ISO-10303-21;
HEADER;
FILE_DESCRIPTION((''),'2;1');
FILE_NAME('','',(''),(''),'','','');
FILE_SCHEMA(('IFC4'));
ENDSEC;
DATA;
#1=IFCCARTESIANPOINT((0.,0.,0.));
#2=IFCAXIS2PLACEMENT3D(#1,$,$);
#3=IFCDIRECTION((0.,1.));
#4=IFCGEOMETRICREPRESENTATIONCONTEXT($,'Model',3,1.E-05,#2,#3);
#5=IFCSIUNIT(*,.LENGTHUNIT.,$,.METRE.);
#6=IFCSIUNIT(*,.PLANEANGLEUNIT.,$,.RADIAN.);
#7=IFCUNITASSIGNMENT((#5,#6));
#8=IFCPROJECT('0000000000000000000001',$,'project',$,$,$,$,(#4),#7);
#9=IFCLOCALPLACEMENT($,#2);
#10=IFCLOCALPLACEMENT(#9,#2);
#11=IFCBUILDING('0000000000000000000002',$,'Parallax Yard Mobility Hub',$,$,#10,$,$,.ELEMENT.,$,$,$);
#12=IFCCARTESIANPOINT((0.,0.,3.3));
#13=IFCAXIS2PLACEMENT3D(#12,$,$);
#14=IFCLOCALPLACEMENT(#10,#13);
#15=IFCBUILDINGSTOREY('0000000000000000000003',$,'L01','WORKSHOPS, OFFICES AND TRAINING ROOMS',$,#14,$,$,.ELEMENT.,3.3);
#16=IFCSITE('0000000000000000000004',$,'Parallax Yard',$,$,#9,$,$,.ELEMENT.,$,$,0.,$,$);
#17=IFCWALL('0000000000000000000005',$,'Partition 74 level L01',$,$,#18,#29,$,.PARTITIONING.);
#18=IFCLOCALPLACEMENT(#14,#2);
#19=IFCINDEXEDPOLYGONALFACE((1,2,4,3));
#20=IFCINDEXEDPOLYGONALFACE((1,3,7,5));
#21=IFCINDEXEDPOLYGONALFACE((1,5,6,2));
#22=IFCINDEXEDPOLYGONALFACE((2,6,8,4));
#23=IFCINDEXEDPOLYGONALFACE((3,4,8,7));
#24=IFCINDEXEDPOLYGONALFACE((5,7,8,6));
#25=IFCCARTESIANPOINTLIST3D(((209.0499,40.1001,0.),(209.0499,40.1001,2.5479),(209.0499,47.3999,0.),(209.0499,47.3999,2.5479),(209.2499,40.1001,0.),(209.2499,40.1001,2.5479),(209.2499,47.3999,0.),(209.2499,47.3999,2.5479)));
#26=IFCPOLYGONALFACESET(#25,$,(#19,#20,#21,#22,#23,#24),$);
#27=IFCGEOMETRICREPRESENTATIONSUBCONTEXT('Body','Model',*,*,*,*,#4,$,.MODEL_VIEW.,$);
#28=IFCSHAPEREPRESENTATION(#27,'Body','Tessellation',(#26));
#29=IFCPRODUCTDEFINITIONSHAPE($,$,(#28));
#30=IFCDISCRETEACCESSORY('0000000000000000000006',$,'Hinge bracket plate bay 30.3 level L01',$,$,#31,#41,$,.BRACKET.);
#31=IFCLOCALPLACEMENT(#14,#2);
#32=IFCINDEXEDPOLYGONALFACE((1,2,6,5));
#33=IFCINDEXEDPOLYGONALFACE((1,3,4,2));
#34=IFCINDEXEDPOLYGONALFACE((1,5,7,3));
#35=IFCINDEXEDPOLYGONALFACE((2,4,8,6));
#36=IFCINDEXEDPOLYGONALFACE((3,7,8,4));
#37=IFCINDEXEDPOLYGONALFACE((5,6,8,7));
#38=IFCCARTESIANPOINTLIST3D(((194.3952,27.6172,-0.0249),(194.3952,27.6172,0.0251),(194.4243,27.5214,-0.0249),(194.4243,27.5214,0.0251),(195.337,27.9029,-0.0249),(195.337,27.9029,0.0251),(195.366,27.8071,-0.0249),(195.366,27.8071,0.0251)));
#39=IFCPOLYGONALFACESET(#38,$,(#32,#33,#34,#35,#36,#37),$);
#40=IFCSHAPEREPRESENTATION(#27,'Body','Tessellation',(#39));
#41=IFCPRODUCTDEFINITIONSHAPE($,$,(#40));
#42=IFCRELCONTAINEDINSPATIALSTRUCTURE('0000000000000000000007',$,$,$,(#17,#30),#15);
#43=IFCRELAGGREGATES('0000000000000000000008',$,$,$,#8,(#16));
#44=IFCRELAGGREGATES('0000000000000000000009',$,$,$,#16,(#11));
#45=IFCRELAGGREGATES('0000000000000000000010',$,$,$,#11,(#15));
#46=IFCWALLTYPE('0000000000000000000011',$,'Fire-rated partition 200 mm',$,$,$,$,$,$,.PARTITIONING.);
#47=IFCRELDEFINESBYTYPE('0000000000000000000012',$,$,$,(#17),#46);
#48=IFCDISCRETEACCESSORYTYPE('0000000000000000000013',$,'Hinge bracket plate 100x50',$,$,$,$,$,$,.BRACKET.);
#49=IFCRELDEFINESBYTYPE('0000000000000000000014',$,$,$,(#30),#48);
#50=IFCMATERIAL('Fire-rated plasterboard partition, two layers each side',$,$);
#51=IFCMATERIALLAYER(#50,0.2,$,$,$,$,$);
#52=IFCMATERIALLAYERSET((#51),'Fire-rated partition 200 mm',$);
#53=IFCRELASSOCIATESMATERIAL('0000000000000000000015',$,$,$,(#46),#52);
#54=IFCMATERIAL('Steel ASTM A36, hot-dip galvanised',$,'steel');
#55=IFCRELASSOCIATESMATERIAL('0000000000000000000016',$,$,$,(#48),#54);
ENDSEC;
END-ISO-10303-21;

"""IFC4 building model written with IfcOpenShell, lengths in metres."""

from ifc_helpers import new_model, si_unit, direction, frame, frame_2d, origin, origin_2d, place, context, subcontext, project, spatial, rectangle, extrude, material, layer, layer_set, type_object, element, save


model = new_model("IFC4")

# Units and contexts
model_context = context("Model", 3, precision=1e-05, world=origin(), true_north=direction((0.0, 1.0)))
body_context = subcontext(model_context, "Body", "Model", "MODEL_VIEW")
ifc_project = project(units=[si_unit("LENGTHUNIT", "METRE"), si_unit("PLANEANGLEUNIT", "RADIAN")], contexts=[model_context])

# Site, building, storey
site_placement = place(None, origin())
site = spatial("IfcSite", under=ifc_project, at=site_placement, Name="Parallax Yard", CompositionType="ELEMENT", RefElevation=0.0)
building_placement = place(site_placement, origin())
building = spatial("IfcBuilding", under=site, at=building_placement, Name="Parallax Yard Mobility Hub", CompositionType="ELEMENT")
storey_placement = place(building_placement, frame((0.0, 0.0, 3.3)))
storey = spatial("IfcBuildingStorey", under=building, at=storey_placement, Name="L01", Description="WORKSHOPS, OFFICES AND TRAINING ROOMS", CompositionType="ELEMENT", Elevation=3.3)

# Shared definitions
ifc_material_1 = material(Name="Fire-rated plasterboard partition, two layers each side")
ifc_layer_1 = layer(ifc_material_1, 0.2)
ifc_layer_set_1 = layer_set([ifc_layer_1], Name="Fire-rated partition 200 mm")
wall_type_1 = type_object("IfcWallType", Name="Fire-rated partition 200 mm", PredefinedType="PARTITIONING", material=ifc_layer_set_1)

# Wall
for number, where, z_axis, x_axis, name in (
    (1, (209.1499, 40.1001, 0.0), (0.0, 0.0, 1.0), (0.0, 1.0, 0.0), "Partition 74 level L01"),
):
    element("IfcWall", number, at=place(storey_placement, frame(where, z_axis=z_axis, x_axis=x_axis)), inside=storey, type_object=wall_type_1, Name=name, PredefinedType="PARTITIONING", context=body_context, shape_type="SweptSolid", body=[
        extrude(rectangle(XDim=7.2998, YDim=0.2, at=frame_2d((3.6499, 0.0))), origin(), (0.0, 0.0, 1.0), 2.5479),
    ])

# Discrete accessory
ifc_material_2 = material(Name="Steel ASTM A36, hot-dip galvanised", Category="steel")
discrete_accessory_type = type_object("IfcDiscreteAccessoryType", Name="Hinge bracket plate 100x50", PredefinedType="BRACKET", material=ifc_material_2)
discrete_accessory_placement = place(storey_placement, frame((194.8806, 27.7122, -0.0249), z_axis=(0.0, 0.0, 1.0), x_axis=(-0.95694, -0.290285, 0.0)))
element("IfcDiscreteAccessory", 2, at=discrete_accessory_placement, inside=storey, type_object=discrete_accessory_type, Name="Hinge bracket plate bay 30.3 level L01", PredefinedType="BRACKET", context=body_context, shape_type="SweptSolid", body=[
    extrude(rectangle(XDim=0.9841, YDim=0.1001, at=origin_2d()), origin(), (0.0, 0.0, 1.0), 0.05),
])

save(model, "model.ifc")
